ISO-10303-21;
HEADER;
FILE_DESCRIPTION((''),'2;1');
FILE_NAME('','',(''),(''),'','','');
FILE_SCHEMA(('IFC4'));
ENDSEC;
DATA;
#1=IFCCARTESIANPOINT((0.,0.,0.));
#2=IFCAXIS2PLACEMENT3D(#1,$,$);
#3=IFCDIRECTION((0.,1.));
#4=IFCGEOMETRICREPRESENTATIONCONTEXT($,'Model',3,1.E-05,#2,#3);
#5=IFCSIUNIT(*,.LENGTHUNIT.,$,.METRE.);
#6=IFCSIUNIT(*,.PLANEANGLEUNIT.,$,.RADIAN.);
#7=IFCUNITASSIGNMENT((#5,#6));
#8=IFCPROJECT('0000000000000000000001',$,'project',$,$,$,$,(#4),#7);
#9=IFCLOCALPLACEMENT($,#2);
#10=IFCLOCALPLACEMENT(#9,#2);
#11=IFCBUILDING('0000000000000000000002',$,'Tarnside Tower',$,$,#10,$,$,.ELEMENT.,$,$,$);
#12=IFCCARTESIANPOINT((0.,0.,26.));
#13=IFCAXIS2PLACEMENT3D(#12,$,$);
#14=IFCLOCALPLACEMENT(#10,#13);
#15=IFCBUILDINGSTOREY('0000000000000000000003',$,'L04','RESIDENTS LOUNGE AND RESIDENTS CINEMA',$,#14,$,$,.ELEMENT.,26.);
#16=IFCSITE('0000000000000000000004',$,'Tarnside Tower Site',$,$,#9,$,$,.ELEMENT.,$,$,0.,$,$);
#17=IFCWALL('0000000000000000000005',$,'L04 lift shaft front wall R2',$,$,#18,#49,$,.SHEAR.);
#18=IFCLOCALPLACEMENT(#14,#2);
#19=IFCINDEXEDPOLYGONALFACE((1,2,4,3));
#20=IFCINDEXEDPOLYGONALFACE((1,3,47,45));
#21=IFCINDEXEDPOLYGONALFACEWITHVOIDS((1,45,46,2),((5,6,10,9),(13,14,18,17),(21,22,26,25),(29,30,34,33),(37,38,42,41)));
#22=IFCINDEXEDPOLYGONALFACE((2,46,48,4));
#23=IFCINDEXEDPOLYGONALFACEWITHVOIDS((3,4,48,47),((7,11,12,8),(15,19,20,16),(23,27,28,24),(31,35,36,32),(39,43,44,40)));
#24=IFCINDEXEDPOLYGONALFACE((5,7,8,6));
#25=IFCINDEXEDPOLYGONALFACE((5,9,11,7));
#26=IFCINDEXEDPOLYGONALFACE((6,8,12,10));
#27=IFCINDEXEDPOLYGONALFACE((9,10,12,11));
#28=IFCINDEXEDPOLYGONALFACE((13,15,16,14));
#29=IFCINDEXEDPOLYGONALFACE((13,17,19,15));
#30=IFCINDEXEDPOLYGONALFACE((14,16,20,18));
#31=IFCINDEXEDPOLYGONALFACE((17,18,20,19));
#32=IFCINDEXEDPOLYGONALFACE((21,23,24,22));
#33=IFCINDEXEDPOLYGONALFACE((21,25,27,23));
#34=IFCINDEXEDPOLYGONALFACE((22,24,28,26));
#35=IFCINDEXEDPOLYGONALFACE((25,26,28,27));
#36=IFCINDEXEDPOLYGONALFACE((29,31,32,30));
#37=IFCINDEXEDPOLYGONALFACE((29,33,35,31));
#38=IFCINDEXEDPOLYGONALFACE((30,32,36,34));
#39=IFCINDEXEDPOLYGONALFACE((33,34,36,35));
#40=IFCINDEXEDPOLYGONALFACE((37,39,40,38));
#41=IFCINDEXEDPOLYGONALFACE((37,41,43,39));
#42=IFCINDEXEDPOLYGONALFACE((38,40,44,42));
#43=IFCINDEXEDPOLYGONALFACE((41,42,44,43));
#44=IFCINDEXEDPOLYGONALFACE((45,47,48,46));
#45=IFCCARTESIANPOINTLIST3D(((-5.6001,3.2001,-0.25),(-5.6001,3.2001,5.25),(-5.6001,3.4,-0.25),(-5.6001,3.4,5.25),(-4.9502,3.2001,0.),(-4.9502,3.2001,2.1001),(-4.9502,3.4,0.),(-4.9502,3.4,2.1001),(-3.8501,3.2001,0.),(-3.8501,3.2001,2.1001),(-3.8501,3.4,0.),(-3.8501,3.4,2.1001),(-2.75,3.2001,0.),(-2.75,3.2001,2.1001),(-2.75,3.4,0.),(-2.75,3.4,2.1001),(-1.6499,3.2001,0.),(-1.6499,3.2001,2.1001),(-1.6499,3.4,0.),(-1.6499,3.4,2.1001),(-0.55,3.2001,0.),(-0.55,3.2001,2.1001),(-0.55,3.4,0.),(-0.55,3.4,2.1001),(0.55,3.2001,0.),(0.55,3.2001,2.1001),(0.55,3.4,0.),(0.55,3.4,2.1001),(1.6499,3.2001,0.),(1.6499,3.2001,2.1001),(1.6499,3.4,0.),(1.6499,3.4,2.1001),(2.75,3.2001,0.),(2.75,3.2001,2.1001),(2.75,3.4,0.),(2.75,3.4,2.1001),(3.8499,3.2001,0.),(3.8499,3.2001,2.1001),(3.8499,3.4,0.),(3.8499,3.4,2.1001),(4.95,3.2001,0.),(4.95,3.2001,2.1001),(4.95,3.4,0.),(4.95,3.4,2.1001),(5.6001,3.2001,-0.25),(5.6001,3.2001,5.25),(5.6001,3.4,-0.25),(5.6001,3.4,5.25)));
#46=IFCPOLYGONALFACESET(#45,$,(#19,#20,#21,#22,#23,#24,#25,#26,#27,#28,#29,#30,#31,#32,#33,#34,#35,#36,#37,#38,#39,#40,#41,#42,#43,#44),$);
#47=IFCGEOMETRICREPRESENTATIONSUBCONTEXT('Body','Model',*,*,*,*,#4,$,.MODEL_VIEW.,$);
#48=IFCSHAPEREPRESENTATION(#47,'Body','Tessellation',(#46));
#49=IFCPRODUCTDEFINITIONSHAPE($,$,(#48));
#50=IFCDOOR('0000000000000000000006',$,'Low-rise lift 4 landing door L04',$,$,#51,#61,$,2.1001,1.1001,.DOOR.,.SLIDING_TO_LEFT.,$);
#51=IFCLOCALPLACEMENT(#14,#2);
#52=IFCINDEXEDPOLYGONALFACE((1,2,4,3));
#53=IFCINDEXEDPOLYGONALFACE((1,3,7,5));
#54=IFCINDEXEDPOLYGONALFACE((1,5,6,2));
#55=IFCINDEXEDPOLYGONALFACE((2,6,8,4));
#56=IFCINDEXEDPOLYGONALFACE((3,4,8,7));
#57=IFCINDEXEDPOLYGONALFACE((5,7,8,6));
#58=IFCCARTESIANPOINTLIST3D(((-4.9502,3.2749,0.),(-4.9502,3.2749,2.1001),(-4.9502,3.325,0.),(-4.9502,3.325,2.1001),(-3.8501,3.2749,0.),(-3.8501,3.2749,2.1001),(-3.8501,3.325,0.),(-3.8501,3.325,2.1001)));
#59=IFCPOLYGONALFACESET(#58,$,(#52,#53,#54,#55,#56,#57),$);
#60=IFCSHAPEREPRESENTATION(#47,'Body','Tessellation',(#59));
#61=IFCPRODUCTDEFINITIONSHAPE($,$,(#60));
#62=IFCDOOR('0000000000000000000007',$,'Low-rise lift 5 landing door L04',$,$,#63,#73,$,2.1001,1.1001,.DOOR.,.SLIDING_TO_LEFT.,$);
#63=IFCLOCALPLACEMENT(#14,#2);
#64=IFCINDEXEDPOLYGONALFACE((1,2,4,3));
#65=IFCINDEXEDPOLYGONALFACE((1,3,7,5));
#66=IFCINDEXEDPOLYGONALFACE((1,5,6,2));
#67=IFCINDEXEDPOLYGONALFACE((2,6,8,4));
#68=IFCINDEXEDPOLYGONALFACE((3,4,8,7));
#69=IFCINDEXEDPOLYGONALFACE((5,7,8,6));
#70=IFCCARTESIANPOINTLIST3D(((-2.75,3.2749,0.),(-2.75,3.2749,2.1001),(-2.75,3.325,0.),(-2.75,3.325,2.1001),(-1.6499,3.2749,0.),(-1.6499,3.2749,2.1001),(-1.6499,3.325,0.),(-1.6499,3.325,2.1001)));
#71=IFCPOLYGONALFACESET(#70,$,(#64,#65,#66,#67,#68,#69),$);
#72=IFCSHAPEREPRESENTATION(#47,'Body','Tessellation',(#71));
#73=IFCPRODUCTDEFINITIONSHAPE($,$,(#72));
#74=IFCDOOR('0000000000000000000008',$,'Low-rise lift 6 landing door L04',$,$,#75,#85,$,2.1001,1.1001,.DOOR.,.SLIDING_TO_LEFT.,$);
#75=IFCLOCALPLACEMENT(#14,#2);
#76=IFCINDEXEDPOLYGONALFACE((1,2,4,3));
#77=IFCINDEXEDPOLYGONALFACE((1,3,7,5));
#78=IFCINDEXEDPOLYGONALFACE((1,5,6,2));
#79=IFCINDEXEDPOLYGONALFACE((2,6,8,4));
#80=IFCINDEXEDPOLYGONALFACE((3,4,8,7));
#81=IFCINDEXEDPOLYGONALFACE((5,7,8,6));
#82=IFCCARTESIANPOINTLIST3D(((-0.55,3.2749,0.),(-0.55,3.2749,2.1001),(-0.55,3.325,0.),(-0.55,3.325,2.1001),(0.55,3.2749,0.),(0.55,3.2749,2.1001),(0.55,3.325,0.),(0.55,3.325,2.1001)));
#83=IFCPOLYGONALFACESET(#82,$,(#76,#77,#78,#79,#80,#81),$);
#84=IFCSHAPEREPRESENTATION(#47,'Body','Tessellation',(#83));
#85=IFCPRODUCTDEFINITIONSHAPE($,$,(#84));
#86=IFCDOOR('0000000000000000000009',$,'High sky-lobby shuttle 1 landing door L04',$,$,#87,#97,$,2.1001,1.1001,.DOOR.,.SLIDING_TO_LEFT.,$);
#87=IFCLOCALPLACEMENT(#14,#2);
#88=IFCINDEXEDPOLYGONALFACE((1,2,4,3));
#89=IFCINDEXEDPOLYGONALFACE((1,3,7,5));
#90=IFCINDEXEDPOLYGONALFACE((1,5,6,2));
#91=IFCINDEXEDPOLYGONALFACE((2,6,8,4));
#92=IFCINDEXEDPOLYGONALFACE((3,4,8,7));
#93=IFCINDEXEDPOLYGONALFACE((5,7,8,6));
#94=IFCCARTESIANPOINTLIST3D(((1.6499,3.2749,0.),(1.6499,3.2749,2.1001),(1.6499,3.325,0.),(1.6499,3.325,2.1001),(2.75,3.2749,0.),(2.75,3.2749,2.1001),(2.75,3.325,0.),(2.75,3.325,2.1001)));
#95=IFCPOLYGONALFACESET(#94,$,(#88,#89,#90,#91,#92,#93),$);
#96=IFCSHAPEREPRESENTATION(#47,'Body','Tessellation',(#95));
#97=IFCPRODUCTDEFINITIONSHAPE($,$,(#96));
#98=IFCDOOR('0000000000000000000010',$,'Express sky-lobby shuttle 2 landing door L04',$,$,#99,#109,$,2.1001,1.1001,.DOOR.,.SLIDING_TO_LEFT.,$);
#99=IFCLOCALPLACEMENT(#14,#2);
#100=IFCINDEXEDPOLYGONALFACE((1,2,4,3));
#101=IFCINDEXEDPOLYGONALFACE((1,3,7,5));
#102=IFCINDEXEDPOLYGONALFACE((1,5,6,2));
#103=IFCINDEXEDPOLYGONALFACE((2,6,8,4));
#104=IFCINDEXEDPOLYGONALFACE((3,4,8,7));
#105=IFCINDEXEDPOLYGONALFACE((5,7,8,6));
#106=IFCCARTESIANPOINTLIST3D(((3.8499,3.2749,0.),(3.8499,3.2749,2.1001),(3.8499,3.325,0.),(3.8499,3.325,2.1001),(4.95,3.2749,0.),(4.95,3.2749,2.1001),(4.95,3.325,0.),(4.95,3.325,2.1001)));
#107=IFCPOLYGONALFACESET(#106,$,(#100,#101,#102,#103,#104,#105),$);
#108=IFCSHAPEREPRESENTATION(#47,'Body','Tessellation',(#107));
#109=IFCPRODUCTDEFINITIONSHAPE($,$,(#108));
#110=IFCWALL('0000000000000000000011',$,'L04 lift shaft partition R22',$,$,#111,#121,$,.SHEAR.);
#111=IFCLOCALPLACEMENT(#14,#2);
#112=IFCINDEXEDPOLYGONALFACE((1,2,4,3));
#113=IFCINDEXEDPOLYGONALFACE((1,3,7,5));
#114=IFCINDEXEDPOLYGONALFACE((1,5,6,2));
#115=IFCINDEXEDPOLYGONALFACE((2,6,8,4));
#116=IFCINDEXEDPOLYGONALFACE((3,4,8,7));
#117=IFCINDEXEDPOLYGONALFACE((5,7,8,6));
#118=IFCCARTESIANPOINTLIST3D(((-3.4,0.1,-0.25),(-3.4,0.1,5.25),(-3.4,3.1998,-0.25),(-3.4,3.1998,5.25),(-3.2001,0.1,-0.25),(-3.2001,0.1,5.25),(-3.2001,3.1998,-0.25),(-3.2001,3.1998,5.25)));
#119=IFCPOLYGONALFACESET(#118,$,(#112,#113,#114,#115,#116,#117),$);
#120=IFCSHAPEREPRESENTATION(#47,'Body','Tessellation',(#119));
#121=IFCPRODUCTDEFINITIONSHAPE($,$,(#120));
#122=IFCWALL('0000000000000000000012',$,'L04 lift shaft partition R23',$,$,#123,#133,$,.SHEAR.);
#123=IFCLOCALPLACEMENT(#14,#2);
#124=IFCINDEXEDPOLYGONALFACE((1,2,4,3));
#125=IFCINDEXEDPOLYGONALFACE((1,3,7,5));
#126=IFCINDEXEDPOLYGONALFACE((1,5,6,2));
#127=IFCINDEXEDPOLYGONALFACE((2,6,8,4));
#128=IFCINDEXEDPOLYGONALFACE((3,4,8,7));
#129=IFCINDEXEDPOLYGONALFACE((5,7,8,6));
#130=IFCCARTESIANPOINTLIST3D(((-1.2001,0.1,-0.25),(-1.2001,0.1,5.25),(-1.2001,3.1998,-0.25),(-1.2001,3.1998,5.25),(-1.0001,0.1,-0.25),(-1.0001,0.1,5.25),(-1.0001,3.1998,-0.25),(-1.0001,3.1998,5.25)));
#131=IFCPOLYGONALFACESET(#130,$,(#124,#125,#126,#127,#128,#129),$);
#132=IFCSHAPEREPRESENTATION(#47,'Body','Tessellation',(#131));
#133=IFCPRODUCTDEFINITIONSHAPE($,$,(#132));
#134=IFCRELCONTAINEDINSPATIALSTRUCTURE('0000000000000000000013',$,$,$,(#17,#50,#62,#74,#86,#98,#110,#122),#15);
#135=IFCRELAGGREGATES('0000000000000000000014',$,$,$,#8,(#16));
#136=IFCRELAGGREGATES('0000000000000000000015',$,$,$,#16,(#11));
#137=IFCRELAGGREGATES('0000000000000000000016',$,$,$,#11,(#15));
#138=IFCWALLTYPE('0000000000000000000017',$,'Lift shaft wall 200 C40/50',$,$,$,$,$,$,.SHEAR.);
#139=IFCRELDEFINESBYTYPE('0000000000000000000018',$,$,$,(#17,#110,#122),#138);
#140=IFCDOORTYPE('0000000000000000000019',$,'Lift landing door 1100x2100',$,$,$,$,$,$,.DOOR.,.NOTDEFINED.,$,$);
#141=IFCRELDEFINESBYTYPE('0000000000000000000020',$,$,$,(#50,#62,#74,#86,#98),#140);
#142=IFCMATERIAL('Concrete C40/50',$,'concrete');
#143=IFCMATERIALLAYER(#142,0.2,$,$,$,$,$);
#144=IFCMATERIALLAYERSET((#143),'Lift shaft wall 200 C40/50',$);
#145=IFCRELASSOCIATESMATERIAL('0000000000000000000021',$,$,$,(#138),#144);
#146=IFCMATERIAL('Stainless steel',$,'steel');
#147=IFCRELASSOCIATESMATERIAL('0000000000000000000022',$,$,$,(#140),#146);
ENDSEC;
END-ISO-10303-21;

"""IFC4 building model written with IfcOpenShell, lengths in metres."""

from ifc_helpers import new_model, si_unit, direction, frame, frame_2d, origin, place, context, subcontext, project, spatial, rectangle, extrude, material, layer, layer_set, type_object, element, fill, save


model = new_model("IFC4")

# Units and contexts
model_context = context("Model", 3, precision=1e-05, world=origin(), true_north=direction((0.0, 1.0)))
body_context = subcontext(model_context, "Body", "Model", "MODEL_VIEW")
ifc_project = project(units=[si_unit("LENGTHUNIT", "METRE"), si_unit("PLANEANGLEUNIT", "RADIAN")], contexts=[model_context])

# Site, building, storey
site_placement = place(None, origin())
site = spatial("IfcSite", under=ifc_project, at=site_placement, Name="Tarnside Tower Site", CompositionType="ELEMENT", RefElevation=0.0)
building_placement = place(site_placement, origin())
building = spatial("IfcBuilding", under=site, at=building_placement, Name="Tarnside Tower", CompositionType="ELEMENT")
storey_placement = place(building_placement, frame((0.0, 0.0, 26.0)))
storey = spatial("IfcBuildingStorey", under=building, at=storey_placement, Name="L04", Description="RESIDENTS LOUNGE AND RESIDENTS CINEMA", CompositionType="ELEMENT", Elevation=26.0)

# Shared definitions
ifc_material_1 = material(Name="Concrete C40/50", Category="concrete")
ifc_layer = layer(ifc_material_1, 0.2)
ifc_layer_set = layer_set([ifc_layer], Name="Lift shaft wall 200 C40/50")
wall_type = type_object("IfcWallType", Name="Lift shaft wall 200 C40/50", PredefinedType="SHEAR", material=ifc_layer_set)
ifc_material_2 = material(Name="Stainless steel", Category="steel")
door_type = type_object("IfcDoorType", Name="Lift landing door 1100x2100", OperationType="NOTDEFINED", PredefinedType="DOOR", material=ifc_material_2)

# Wall, openings, doors
wall_1_placement = place(storey_placement, frame((-5.6001, 3.3, -0.25), z_axis=(0.0, 0.0, 1.0), x_axis=(1.0, 0.0, 0.0)))
wall_1 = element("IfcWall", 1, at=wall_1_placement, inside=storey, type_object=wall_type, Name="L04 lift shaft front wall R2", PredefinedType="SHEAR", context=body_context, shape_type="SweptSolid", body=[
    extrude(rectangle(XDim=11.2002, YDim=0.2, at=frame_2d((5.6001, 0.0))), origin(), (0.0, 0.0, 1.0), 5.5),
])
opening_1_placement = place(wall_1_placement, frame((0.6499, 0.0, 0.25)))
opening_1 = element("IfcOpeningElement", 2, at=opening_1_placement, cuts=wall_1, PredefinedType="OPENING", context=body_context, shape_type="SweptSolid", body=[
    extrude(rectangle(XDim=1.1001, YDim=2.1001, at=frame_2d((0.55, 1.05))), frame((0.0, 0.1099, 0.0), z_axis=(0.0, -1.0, 0.0), x_axis=(1.0, 0.0, 0.0)), (0.0, 0.0, 1.0), 0.22),
])
opening_2_placement = place(wall_1_placement, frame((2.8501, 0.0, 0.25)))
opening_2 = element("IfcOpeningElement", 3, at=opening_2_placement, cuts=wall_1, PredefinedType="OPENING", context=body_context, shape_type="SweptSolid", body=[
    extrude(rectangle(XDim=1.1001, YDim=2.1001, at=frame_2d((0.55, 1.05))), frame((0.0, 0.1099, 0.0), z_axis=(0.0, -1.0, 0.0), x_axis=(1.0, 0.0, 0.0)), (0.0, 0.0, 1.0), 0.22),
])
opening_3_placement = place(wall_1_placement, frame((5.05, 0.0, 0.25)))
opening_3 = element("IfcOpeningElement", 4, at=opening_3_placement, cuts=wall_1, PredefinedType="OPENING", context=body_context, shape_type="SweptSolid", body=[
    extrude(rectangle(XDim=1.1001, YDim=2.1001, at=frame_2d((0.55, 1.05))), frame((0.0, 0.1099, 0.0), z_axis=(0.0, -1.0, 0.0), x_axis=(1.0, 0.0, 0.0)), (0.0, 0.0, 1.0), 0.22),
])
opening_4_placement = place(wall_1_placement, frame((7.25, 0.0, 0.25)))
opening_4 = element("IfcOpeningElement", 5, at=opening_4_placement, cuts=wall_1, PredefinedType="OPENING", context=body_context, shape_type="SweptSolid", body=[
    extrude(rectangle(XDim=1.1001, YDim=2.1001, at=frame_2d((0.55, 1.05))), frame((0.0, 0.1099, 0.0), z_axis=(0.0, -1.0, 0.0), x_axis=(1.0, 0.0, 0.0)), (0.0, 0.0, 1.0), 0.22),
])
opening_5_placement = place(wall_1_placement, frame((9.45, 0.0, 0.25)))
opening_5 = element("IfcOpeningElement", 6, at=opening_5_placement, cuts=wall_1, PredefinedType="OPENING", context=body_context, shape_type="SweptSolid", body=[
    extrude(rectangle(XDim=1.1001, YDim=2.1001, at=frame_2d((0.55, 1.05))), frame((0.0, 0.1099, 0.0), z_axis=(0.0, -1.0, 0.0), x_axis=(1.0, 0.0, 0.0)), (0.0, 0.0, 1.0), 0.22),
])
door_1_placement = place(opening_1_placement, origin())
door_1 = element("IfcDoor", 7, at=door_1_placement, inside=storey, type_object=door_type, Name="Low-rise lift 4 landing door L04", OperationType="SLIDING_TO_LEFT", OverallHeight=2.1001, OverallWidth=1.1001, PredefinedType="DOOR", context=body_context, shape_type="SweptSolid", body=[
    extrude(rectangle(XDim=1.1001, YDim=2.1001, at=frame_2d((0.55, 1.05))), frame((0.0, 0.0249, 0.0), z_axis=(0.0, -1.0, 0.0), x_axis=(1.0, 0.0, 0.0)), (0.0, 0.0, 1.0), 0.05),
])
fill(opening_1, door_1)
door_2_placement = place(opening_2_placement, origin())
door_2 = element("IfcDoor", 8, at=door_2_placement, inside=storey, type_object=door_type, Name="Low-rise lift 5 landing door L04", OperationType="SLIDING_TO_LEFT", OverallHeight=2.1001, OverallWidth=1.1001, PredefinedType="DOOR", context=body_context, shape_type="SweptSolid", body=[
    extrude(rectangle(XDim=1.1001, YDim=2.1001, at=frame_2d((0.55, 1.05))), frame((0.0, 0.0249, 0.0), z_axis=(0.0, -1.0, 0.0), x_axis=(1.0, 0.0, 0.0)), (0.0, 0.0, 1.0), 0.05),
])
fill(opening_2, door_2)
door_3_placement = place(opening_3_placement, origin())
door_3 = element("IfcDoor", 9, at=door_3_placement, inside=storey, type_object=door_type, Name="Low-rise lift 6 landing door L04", OperationType="SLIDING_TO_LEFT", OverallHeight=2.1001, OverallWidth=1.1001, PredefinedType="DOOR", context=body_context, shape_type="SweptSolid", body=[
    extrude(rectangle(XDim=1.1001, YDim=2.1001, at=frame_2d((0.55, 1.05))), frame((0.0, 0.0249, 0.0), z_axis=(0.0, -1.0, 0.0), x_axis=(1.0, 0.0, 0.0)), (0.0, 0.0, 1.0), 0.05),
])
fill(opening_3, door_3)
door_4_placement = place(opening_4_placement, origin())
door_4 = element("IfcDoor", 10, at=door_4_placement, inside=storey, type_object=door_type, Name="High sky-lobby shuttle 1 landing door L04", OperationType="SLIDING_TO_LEFT", OverallHeight=2.1001, OverallWidth=1.1001, PredefinedType="DOOR", context=body_context, shape_type="SweptSolid", body=[
    extrude(rectangle(XDim=1.1001, YDim=2.1001, at=frame_2d((0.55, 1.05))), frame((0.0, 0.0249, 0.0), z_axis=(0.0, -1.0, 0.0), x_axis=(1.0, 0.0, 0.0)), (0.0, 0.0, 1.0), 0.05),
])
fill(opening_4, door_4)
door_5_placement = place(opening_5_placement, origin())
door_5 = element("IfcDoor", 11, at=door_5_placement, inside=storey, type_object=door_type, Name="Express sky-lobby shuttle 2 landing door L04", OperationType="SLIDING_TO_LEFT", OverallHeight=2.1001, OverallWidth=1.1001, PredefinedType="DOOR", context=body_context, shape_type="SweptSolid", body=[
    extrude(rectangle(XDim=1.1001, YDim=2.1001, at=frame_2d((0.55, 1.05))), frame((0.0, 0.0249, 0.0), z_axis=(0.0, -1.0, 0.0), x_axis=(1.0, 0.0, 0.0)), (0.0, 0.0, 1.0), 0.05),
])
fill(opening_5, door_5)

# Walls
for number, where, z_axis, x_axis, name in (
    (12, (-3.3, 0.1001, -0.25), (0.0, 0.0, 1.0), (0.0, 1.0, 0.0), "L04 lift shaft partition R22"),
    (13, (-1.1001, 0.1001, -0.25), (0.0, 0.0, 1.0), (0.0, 1.0, 0.0), "L04 lift shaft partition R23"),
):
    element("IfcWall", number, at=place(storey_placement, frame(where, z_axis=z_axis, x_axis=x_axis)), inside=storey, type_object=wall_type, Name=name, PredefinedType="SHEAR", context=body_context, shape_type="SweptSolid", body=[
        extrude(rectangle(XDim=3.0999, YDim=0.2, at=frame_2d((1.5498, 0.0))), origin(), (0.0, 0.0, 1.0), 5.5),
    ])

save(model, "model.ifc")
